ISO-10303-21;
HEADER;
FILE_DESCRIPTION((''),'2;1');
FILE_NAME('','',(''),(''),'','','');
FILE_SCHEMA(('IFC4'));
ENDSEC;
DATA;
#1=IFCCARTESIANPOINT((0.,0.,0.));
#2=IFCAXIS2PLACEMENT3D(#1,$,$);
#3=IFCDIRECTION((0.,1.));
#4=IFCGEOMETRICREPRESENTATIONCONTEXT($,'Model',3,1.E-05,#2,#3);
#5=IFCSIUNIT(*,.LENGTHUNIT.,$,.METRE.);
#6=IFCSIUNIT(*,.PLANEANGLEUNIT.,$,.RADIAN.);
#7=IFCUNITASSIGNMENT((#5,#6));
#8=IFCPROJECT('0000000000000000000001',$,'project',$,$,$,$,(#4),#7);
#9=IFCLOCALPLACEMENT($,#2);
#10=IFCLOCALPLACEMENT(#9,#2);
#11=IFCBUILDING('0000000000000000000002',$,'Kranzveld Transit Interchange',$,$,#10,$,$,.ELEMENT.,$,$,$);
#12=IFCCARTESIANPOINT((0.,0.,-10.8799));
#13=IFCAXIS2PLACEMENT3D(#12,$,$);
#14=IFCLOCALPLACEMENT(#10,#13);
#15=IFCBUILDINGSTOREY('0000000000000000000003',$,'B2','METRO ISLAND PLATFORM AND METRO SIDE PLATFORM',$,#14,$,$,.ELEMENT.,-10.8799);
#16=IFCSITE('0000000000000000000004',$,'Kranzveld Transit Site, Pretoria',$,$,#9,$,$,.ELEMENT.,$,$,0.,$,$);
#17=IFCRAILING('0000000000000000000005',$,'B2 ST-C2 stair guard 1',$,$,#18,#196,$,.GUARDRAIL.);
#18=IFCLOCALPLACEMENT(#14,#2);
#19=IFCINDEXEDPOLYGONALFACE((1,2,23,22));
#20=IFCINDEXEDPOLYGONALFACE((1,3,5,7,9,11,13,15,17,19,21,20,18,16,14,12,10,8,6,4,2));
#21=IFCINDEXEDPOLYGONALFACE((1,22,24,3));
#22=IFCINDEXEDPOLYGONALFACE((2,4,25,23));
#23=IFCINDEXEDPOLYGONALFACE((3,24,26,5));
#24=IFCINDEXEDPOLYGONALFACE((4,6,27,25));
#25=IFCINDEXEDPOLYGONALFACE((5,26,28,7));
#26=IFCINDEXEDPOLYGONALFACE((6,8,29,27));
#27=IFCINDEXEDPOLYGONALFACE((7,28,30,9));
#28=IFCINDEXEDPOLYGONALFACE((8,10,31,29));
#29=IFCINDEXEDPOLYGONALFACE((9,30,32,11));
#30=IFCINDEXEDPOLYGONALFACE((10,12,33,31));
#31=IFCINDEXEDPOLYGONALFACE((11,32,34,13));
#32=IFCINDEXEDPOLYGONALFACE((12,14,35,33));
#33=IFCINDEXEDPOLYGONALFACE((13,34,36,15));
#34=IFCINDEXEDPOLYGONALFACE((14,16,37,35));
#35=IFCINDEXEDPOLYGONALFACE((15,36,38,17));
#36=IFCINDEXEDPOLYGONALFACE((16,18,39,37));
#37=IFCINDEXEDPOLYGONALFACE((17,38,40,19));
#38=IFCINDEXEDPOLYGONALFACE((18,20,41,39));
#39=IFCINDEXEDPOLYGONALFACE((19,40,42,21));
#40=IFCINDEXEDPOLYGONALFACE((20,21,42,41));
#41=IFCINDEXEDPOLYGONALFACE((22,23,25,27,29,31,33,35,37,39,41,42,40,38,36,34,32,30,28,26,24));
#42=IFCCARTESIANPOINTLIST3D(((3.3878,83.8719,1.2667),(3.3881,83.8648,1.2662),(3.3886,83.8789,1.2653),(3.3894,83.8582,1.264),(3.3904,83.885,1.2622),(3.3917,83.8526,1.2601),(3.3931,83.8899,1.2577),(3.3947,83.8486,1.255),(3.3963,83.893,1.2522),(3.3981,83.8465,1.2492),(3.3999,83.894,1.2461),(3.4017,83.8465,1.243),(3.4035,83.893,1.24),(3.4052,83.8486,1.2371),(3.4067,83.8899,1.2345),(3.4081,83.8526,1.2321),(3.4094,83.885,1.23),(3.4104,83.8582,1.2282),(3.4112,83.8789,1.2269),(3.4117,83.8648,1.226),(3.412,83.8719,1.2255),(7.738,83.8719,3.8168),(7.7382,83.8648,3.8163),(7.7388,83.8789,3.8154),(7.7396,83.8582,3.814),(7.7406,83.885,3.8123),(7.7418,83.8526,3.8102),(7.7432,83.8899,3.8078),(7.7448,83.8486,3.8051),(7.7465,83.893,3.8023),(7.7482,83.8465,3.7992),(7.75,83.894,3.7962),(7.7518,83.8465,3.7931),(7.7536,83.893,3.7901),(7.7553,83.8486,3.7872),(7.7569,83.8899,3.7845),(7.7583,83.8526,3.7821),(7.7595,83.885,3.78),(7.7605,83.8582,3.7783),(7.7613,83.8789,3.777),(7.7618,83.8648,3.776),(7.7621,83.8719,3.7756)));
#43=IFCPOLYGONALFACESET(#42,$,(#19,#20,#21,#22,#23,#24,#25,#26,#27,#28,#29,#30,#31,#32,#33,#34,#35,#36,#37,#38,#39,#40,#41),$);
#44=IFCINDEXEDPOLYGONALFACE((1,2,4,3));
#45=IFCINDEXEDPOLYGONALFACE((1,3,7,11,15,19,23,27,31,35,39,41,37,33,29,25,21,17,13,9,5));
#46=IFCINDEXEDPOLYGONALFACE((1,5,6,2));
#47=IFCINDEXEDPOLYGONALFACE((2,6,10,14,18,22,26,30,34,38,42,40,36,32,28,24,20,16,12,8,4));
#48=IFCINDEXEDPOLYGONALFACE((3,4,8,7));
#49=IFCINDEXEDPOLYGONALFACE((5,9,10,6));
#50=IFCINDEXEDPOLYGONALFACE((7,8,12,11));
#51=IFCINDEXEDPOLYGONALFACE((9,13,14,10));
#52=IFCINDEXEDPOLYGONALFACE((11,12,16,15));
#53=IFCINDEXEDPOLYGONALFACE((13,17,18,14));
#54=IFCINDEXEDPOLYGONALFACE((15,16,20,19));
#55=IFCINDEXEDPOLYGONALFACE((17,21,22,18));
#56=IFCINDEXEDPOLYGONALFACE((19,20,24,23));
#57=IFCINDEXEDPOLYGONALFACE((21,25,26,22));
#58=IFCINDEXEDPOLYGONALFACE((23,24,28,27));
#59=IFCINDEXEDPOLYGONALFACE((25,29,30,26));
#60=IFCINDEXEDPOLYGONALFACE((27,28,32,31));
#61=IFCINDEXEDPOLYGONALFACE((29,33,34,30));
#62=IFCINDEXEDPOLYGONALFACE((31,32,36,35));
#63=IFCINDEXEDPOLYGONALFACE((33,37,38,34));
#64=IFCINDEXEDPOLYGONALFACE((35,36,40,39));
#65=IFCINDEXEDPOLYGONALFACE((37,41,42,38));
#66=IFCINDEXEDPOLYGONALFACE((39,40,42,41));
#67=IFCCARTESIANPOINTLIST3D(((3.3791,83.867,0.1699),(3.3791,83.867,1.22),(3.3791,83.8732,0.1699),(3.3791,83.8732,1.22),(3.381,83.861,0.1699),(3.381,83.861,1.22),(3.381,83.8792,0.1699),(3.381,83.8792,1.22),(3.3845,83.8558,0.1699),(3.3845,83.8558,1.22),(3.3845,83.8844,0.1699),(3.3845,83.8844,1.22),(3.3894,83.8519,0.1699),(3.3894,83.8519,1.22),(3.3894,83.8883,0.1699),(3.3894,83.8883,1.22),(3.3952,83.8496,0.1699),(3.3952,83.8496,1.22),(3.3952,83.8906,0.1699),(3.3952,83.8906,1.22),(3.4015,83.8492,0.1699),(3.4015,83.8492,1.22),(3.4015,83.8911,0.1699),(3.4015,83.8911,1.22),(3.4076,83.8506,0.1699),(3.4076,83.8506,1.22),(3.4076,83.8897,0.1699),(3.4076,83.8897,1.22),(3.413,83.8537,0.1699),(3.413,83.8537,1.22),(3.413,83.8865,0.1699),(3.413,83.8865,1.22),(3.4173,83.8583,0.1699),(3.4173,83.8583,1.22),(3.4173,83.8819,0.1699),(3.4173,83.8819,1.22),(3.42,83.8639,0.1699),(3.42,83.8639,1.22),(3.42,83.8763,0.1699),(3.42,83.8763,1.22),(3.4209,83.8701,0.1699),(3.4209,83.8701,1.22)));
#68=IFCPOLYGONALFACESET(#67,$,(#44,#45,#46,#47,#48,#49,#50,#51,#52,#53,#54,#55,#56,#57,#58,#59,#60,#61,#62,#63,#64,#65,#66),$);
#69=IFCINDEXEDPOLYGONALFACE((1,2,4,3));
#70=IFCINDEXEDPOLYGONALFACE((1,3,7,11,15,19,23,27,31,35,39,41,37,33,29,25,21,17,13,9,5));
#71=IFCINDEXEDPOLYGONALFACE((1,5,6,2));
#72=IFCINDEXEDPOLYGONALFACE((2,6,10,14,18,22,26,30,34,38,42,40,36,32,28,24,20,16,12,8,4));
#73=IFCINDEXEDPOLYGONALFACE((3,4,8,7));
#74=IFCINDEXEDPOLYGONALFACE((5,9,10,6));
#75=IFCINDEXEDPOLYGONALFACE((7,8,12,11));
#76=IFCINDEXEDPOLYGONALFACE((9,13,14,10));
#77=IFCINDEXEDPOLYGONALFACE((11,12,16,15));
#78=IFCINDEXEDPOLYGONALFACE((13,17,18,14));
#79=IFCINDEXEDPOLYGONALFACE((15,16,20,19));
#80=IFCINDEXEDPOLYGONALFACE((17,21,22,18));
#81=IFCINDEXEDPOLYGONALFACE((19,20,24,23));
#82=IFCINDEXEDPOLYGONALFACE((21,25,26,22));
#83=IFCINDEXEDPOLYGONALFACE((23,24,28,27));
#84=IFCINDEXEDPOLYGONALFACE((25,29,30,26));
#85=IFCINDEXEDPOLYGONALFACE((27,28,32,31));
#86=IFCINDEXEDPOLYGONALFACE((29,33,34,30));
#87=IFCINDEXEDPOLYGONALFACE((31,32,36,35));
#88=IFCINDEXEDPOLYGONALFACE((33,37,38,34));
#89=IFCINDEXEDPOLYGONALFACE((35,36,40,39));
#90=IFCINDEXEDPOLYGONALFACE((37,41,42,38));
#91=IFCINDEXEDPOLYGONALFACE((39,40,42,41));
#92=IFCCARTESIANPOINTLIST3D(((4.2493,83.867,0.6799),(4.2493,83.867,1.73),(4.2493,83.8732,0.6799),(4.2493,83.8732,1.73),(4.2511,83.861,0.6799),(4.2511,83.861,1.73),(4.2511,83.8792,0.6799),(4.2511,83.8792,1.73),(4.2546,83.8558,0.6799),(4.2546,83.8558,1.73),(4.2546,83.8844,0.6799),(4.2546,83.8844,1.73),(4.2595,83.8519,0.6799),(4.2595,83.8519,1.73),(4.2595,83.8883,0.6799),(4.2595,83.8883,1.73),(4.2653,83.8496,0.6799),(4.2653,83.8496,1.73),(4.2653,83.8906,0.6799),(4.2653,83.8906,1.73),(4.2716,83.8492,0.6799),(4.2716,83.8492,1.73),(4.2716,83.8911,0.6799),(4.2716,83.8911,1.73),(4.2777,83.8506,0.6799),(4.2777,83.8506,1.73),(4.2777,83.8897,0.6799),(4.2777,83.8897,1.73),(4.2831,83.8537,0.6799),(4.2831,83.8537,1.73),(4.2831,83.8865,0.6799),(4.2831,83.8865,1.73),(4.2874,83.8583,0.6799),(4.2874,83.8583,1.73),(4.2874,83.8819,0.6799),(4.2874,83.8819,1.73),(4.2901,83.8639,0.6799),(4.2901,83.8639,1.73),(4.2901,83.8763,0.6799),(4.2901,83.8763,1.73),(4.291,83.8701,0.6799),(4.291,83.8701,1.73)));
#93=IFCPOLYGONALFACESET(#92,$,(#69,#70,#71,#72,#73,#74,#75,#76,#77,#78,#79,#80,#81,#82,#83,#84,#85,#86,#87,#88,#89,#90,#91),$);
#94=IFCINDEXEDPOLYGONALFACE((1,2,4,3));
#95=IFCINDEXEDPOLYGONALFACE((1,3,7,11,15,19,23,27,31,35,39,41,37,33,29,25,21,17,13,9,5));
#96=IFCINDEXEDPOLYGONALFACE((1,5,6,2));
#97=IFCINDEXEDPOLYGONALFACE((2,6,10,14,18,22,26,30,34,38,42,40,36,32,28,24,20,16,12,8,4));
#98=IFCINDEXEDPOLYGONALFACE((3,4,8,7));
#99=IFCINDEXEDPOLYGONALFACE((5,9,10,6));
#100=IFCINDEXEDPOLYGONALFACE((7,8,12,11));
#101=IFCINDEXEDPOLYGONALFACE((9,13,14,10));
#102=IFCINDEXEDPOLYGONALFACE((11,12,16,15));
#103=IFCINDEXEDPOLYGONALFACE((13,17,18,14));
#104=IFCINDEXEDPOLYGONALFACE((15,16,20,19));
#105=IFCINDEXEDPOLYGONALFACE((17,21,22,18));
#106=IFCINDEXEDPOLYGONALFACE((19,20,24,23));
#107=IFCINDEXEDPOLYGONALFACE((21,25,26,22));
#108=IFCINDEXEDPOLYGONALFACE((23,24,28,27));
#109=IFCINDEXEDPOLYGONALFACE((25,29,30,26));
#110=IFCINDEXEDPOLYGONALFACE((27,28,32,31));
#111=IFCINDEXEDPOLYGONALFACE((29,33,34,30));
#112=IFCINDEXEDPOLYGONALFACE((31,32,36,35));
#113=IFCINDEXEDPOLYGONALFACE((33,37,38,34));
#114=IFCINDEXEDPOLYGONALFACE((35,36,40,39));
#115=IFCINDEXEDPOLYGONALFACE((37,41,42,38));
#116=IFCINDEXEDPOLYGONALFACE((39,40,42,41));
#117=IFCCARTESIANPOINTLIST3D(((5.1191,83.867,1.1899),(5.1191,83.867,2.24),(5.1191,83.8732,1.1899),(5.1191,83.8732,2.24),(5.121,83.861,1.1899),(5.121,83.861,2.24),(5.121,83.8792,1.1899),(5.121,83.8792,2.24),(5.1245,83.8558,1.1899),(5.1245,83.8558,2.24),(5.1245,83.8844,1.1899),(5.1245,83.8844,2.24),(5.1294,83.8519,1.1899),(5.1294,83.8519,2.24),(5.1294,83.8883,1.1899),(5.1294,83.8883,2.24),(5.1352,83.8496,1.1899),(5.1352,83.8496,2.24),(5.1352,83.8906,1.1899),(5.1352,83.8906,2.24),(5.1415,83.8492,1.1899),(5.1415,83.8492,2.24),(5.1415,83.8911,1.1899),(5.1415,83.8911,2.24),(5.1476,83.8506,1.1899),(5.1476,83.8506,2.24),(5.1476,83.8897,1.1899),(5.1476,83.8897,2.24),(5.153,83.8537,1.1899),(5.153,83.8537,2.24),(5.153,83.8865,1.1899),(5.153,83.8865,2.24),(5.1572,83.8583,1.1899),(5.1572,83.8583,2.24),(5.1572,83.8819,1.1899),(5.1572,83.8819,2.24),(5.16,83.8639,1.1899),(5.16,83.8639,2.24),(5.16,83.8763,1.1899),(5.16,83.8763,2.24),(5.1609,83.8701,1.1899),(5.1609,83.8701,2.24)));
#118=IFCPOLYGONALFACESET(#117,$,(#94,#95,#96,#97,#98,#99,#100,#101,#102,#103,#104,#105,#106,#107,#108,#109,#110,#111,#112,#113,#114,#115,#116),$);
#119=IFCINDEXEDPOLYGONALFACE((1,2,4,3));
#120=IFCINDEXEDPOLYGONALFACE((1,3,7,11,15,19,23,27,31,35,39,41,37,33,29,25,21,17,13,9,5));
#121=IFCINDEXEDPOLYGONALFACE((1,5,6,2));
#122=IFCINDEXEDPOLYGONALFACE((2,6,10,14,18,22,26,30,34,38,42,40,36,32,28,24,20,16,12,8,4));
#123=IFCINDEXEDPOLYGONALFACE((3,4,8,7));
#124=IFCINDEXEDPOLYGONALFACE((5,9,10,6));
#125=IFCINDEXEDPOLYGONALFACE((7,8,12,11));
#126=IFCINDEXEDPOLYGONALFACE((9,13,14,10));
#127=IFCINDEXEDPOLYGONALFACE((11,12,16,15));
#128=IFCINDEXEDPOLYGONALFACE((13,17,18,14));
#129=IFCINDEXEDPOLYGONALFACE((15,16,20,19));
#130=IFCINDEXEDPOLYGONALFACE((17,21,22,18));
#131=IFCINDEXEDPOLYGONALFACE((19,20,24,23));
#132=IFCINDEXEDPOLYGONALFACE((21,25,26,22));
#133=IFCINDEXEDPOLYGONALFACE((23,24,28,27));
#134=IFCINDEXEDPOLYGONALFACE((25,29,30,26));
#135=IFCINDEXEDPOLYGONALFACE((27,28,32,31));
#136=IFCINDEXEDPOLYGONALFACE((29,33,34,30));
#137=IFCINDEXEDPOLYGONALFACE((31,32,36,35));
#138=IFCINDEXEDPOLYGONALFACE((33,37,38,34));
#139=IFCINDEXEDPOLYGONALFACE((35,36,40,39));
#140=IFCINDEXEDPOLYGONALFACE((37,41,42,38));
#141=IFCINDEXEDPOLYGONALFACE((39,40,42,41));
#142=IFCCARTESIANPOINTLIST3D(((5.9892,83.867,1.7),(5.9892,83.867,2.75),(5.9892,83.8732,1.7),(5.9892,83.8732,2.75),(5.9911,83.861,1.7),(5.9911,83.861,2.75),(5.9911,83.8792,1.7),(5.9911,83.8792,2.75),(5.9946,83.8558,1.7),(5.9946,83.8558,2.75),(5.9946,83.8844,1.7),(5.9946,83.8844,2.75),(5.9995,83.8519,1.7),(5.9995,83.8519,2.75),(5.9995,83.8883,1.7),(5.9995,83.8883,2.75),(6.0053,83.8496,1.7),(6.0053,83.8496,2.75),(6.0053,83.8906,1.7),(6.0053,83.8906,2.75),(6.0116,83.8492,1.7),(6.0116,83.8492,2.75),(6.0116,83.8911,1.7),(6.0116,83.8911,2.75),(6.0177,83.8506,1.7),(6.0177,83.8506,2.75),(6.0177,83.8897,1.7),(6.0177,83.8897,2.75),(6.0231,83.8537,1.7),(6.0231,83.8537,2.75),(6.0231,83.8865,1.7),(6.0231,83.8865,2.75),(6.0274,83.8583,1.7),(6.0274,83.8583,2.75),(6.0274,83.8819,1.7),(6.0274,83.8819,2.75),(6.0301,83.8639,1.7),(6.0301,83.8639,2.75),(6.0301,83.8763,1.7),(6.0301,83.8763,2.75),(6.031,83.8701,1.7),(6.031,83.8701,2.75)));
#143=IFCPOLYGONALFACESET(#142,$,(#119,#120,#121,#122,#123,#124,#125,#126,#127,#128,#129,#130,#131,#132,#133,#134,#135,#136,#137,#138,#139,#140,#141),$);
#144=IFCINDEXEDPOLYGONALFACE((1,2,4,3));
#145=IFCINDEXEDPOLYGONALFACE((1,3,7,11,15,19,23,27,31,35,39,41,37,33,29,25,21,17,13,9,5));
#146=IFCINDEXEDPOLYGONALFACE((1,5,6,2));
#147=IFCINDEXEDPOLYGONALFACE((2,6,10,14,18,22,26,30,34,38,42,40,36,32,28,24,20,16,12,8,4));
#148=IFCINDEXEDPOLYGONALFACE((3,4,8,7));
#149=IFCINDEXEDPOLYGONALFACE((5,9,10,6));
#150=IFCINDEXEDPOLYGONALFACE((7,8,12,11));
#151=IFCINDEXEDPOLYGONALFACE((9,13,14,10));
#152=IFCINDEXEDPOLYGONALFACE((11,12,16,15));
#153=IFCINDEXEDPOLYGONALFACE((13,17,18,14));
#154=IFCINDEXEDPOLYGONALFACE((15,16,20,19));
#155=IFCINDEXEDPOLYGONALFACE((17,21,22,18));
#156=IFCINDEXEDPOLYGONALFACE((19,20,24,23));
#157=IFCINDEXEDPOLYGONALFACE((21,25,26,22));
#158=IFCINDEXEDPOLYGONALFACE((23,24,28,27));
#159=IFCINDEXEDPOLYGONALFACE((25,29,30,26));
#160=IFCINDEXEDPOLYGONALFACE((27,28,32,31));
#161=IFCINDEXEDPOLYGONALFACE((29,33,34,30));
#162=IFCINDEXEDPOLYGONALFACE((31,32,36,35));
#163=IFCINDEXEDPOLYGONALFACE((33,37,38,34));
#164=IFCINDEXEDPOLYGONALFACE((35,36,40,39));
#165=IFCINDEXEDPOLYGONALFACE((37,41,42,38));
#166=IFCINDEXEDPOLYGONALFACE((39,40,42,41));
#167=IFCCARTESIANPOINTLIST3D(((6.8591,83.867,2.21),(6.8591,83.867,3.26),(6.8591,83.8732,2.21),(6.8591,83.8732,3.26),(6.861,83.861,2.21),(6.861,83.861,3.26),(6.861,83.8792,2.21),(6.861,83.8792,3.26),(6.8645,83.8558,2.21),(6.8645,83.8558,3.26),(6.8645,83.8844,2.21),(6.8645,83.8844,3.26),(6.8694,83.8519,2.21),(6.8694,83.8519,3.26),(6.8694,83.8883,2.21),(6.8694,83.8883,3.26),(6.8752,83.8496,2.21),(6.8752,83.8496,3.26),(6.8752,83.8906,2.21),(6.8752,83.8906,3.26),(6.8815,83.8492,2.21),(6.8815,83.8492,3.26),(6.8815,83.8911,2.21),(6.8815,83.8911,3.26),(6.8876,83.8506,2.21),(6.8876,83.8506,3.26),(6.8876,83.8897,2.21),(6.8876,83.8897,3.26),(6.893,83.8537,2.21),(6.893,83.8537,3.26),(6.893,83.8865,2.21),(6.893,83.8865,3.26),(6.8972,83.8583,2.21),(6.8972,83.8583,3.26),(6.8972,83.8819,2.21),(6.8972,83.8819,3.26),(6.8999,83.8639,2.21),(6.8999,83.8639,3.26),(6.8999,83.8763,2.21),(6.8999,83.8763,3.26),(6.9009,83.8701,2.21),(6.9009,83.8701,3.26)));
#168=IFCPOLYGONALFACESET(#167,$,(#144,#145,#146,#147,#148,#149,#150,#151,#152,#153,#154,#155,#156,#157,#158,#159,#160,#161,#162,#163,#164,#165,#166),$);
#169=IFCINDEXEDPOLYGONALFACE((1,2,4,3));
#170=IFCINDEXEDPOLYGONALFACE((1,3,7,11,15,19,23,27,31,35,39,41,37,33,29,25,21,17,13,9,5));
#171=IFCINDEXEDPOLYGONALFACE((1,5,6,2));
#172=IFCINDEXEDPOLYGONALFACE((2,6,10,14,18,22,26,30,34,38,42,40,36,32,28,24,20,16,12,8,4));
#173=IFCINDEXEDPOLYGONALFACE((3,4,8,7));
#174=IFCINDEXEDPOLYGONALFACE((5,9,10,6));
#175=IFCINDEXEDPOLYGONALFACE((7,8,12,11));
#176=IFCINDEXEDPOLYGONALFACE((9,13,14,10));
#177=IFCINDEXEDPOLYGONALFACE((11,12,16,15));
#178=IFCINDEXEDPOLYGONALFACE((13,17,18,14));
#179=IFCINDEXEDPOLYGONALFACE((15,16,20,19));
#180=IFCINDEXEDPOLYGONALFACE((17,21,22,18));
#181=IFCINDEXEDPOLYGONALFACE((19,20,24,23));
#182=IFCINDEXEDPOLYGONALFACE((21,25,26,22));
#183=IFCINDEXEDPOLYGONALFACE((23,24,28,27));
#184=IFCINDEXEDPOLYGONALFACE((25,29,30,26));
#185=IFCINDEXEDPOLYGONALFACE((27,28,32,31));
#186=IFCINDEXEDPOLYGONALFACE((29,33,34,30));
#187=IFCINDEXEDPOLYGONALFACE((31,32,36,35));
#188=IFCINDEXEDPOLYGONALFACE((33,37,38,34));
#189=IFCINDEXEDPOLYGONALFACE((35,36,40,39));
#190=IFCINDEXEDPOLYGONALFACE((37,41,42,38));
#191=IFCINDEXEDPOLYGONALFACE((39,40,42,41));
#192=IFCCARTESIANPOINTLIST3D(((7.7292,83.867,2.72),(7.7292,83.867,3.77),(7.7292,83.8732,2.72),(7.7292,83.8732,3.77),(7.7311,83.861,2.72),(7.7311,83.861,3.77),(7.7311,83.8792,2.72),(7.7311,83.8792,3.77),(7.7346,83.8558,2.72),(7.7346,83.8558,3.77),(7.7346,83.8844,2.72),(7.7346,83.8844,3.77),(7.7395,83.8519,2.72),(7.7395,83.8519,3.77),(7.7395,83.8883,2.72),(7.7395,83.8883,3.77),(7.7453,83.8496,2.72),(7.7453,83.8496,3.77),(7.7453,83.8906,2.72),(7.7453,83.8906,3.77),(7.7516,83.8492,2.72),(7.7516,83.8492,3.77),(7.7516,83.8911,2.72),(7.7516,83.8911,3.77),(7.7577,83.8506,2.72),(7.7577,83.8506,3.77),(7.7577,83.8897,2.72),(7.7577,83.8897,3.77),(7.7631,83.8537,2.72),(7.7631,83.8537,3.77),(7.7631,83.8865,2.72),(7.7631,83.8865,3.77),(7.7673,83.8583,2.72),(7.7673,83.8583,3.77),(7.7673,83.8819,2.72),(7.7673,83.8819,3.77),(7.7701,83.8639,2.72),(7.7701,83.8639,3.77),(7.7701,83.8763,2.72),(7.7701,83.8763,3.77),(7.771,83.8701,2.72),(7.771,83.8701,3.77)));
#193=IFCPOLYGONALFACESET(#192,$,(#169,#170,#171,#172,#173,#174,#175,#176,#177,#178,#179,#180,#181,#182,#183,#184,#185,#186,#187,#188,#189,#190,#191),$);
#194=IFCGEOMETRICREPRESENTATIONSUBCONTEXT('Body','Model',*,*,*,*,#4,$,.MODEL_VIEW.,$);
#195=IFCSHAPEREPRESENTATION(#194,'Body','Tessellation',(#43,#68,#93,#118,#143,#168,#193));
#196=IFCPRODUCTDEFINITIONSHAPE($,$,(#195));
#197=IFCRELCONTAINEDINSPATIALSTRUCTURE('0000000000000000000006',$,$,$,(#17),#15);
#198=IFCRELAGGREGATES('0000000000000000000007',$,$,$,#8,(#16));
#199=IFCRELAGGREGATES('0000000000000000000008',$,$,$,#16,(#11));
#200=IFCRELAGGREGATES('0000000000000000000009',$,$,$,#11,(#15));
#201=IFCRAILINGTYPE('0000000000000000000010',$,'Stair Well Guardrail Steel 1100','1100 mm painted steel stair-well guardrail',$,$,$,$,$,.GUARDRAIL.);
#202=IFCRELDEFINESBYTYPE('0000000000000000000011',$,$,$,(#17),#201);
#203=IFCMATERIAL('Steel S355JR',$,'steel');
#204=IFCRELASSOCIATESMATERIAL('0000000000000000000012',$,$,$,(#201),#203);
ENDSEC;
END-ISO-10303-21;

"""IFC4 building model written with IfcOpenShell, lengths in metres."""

from ifc_helpers import new_model, si_unit, direction, frame, origin, origin_2d, place, context, subcontext, project, spatial, circle, extrude, material, type_object, element, save


model = new_model("IFC4")

# Units and contexts
model_context = context("Model", 3, precision=1e-05, world=origin(), true_north=direction((0.0, 1.0)))
body_context = subcontext(model_context, "Body", "Model", "MODEL_VIEW")
ifc_project = project(units=[si_unit("LENGTHUNIT", "METRE"), si_unit("PLANEANGLEUNIT", "RADIAN")], contexts=[model_context])

# Site, building, storey
site_placement = place(None, origin())
site = spatial("IfcSite", under=ifc_project, at=site_placement, Name="Kranzveld Transit Site, Pretoria", CompositionType="ELEMENT", RefElevation=0.0)
building_placement = place(site_placement, origin())
building = spatial("IfcBuilding", under=site, at=building_placement, Name="Kranzveld Transit Interchange", CompositionType="ELEMENT")
storey_placement = place(building_placement, frame((0.0, 0.0, -10.8799)))
storey = spatial("IfcBuildingStorey", under=building, at=storey_placement, Name="B2", Description="METRO ISLAND PLATFORM AND METRO SIDE PLATFORM", CompositionType="ELEMENT", Elevation=-10.8799)

# Railing
ifc_material_1 = material(Name="Steel S355JR", Category="steel")
railing_type_1 = type_object("IfcRailingType", Name="Stair Well Guardrail Steel 1100", Description="1100 mm painted steel stair-well guardrail", PredefinedType="GUARDRAIL", material=ifc_material_1)
railing_1_placement = place(storey_placement, frame((3.3999, 83.8701, 0.1699)))
element("IfcRailing", 1, at=railing_1_placement, inside=storey, type_object=railing_type_1, Name="B2 ST-C2 stair guard 1", PredefinedType="GUARDRAIL", context=body_context, shape_type="SweptSolid", body=[
    extrude(circle(Radius=0.0239, at=origin_2d()), frame((0.0, 0.0, 1.0762), z_axis=(0.862699, 0.0, 0.505718), x_axis=(0.0, 1.0, 0.0)), (0.0, 0.0, 1.0), 5.0425),
    extrude(circle(Radius=0.021, at=origin_2d()), origin(), (0.0, 0.0, 1.0), 1.05),
    extrude(circle(Radius=0.021, at=origin_2d()), frame((0.8701, 0.0, 0.51)), (0.0, 0.0, 1.0), 1.05),
    extrude(circle(Radius=0.021, at=origin_2d()), frame((1.74, 0.0, 1.02)), (0.0, 0.0, 1.0), 1.05),
    extrude(circle(Radius=0.021, at=origin_2d()), frame((2.6101, 0.0, 1.53)), (0.0, 0.0, 1.0), 1.05),
    extrude(circle(Radius=0.021, at=origin_2d()), frame((3.48, 0.0, 2.04)), (0.0, 0.0, 1.0), 1.05),
    extrude(circle(Radius=0.021, at=origin_2d()), frame((4.3501, 0.0, 2.55)), (0.0, 0.0, 1.0), 1.05),
])

save(model, "model.ifc")
